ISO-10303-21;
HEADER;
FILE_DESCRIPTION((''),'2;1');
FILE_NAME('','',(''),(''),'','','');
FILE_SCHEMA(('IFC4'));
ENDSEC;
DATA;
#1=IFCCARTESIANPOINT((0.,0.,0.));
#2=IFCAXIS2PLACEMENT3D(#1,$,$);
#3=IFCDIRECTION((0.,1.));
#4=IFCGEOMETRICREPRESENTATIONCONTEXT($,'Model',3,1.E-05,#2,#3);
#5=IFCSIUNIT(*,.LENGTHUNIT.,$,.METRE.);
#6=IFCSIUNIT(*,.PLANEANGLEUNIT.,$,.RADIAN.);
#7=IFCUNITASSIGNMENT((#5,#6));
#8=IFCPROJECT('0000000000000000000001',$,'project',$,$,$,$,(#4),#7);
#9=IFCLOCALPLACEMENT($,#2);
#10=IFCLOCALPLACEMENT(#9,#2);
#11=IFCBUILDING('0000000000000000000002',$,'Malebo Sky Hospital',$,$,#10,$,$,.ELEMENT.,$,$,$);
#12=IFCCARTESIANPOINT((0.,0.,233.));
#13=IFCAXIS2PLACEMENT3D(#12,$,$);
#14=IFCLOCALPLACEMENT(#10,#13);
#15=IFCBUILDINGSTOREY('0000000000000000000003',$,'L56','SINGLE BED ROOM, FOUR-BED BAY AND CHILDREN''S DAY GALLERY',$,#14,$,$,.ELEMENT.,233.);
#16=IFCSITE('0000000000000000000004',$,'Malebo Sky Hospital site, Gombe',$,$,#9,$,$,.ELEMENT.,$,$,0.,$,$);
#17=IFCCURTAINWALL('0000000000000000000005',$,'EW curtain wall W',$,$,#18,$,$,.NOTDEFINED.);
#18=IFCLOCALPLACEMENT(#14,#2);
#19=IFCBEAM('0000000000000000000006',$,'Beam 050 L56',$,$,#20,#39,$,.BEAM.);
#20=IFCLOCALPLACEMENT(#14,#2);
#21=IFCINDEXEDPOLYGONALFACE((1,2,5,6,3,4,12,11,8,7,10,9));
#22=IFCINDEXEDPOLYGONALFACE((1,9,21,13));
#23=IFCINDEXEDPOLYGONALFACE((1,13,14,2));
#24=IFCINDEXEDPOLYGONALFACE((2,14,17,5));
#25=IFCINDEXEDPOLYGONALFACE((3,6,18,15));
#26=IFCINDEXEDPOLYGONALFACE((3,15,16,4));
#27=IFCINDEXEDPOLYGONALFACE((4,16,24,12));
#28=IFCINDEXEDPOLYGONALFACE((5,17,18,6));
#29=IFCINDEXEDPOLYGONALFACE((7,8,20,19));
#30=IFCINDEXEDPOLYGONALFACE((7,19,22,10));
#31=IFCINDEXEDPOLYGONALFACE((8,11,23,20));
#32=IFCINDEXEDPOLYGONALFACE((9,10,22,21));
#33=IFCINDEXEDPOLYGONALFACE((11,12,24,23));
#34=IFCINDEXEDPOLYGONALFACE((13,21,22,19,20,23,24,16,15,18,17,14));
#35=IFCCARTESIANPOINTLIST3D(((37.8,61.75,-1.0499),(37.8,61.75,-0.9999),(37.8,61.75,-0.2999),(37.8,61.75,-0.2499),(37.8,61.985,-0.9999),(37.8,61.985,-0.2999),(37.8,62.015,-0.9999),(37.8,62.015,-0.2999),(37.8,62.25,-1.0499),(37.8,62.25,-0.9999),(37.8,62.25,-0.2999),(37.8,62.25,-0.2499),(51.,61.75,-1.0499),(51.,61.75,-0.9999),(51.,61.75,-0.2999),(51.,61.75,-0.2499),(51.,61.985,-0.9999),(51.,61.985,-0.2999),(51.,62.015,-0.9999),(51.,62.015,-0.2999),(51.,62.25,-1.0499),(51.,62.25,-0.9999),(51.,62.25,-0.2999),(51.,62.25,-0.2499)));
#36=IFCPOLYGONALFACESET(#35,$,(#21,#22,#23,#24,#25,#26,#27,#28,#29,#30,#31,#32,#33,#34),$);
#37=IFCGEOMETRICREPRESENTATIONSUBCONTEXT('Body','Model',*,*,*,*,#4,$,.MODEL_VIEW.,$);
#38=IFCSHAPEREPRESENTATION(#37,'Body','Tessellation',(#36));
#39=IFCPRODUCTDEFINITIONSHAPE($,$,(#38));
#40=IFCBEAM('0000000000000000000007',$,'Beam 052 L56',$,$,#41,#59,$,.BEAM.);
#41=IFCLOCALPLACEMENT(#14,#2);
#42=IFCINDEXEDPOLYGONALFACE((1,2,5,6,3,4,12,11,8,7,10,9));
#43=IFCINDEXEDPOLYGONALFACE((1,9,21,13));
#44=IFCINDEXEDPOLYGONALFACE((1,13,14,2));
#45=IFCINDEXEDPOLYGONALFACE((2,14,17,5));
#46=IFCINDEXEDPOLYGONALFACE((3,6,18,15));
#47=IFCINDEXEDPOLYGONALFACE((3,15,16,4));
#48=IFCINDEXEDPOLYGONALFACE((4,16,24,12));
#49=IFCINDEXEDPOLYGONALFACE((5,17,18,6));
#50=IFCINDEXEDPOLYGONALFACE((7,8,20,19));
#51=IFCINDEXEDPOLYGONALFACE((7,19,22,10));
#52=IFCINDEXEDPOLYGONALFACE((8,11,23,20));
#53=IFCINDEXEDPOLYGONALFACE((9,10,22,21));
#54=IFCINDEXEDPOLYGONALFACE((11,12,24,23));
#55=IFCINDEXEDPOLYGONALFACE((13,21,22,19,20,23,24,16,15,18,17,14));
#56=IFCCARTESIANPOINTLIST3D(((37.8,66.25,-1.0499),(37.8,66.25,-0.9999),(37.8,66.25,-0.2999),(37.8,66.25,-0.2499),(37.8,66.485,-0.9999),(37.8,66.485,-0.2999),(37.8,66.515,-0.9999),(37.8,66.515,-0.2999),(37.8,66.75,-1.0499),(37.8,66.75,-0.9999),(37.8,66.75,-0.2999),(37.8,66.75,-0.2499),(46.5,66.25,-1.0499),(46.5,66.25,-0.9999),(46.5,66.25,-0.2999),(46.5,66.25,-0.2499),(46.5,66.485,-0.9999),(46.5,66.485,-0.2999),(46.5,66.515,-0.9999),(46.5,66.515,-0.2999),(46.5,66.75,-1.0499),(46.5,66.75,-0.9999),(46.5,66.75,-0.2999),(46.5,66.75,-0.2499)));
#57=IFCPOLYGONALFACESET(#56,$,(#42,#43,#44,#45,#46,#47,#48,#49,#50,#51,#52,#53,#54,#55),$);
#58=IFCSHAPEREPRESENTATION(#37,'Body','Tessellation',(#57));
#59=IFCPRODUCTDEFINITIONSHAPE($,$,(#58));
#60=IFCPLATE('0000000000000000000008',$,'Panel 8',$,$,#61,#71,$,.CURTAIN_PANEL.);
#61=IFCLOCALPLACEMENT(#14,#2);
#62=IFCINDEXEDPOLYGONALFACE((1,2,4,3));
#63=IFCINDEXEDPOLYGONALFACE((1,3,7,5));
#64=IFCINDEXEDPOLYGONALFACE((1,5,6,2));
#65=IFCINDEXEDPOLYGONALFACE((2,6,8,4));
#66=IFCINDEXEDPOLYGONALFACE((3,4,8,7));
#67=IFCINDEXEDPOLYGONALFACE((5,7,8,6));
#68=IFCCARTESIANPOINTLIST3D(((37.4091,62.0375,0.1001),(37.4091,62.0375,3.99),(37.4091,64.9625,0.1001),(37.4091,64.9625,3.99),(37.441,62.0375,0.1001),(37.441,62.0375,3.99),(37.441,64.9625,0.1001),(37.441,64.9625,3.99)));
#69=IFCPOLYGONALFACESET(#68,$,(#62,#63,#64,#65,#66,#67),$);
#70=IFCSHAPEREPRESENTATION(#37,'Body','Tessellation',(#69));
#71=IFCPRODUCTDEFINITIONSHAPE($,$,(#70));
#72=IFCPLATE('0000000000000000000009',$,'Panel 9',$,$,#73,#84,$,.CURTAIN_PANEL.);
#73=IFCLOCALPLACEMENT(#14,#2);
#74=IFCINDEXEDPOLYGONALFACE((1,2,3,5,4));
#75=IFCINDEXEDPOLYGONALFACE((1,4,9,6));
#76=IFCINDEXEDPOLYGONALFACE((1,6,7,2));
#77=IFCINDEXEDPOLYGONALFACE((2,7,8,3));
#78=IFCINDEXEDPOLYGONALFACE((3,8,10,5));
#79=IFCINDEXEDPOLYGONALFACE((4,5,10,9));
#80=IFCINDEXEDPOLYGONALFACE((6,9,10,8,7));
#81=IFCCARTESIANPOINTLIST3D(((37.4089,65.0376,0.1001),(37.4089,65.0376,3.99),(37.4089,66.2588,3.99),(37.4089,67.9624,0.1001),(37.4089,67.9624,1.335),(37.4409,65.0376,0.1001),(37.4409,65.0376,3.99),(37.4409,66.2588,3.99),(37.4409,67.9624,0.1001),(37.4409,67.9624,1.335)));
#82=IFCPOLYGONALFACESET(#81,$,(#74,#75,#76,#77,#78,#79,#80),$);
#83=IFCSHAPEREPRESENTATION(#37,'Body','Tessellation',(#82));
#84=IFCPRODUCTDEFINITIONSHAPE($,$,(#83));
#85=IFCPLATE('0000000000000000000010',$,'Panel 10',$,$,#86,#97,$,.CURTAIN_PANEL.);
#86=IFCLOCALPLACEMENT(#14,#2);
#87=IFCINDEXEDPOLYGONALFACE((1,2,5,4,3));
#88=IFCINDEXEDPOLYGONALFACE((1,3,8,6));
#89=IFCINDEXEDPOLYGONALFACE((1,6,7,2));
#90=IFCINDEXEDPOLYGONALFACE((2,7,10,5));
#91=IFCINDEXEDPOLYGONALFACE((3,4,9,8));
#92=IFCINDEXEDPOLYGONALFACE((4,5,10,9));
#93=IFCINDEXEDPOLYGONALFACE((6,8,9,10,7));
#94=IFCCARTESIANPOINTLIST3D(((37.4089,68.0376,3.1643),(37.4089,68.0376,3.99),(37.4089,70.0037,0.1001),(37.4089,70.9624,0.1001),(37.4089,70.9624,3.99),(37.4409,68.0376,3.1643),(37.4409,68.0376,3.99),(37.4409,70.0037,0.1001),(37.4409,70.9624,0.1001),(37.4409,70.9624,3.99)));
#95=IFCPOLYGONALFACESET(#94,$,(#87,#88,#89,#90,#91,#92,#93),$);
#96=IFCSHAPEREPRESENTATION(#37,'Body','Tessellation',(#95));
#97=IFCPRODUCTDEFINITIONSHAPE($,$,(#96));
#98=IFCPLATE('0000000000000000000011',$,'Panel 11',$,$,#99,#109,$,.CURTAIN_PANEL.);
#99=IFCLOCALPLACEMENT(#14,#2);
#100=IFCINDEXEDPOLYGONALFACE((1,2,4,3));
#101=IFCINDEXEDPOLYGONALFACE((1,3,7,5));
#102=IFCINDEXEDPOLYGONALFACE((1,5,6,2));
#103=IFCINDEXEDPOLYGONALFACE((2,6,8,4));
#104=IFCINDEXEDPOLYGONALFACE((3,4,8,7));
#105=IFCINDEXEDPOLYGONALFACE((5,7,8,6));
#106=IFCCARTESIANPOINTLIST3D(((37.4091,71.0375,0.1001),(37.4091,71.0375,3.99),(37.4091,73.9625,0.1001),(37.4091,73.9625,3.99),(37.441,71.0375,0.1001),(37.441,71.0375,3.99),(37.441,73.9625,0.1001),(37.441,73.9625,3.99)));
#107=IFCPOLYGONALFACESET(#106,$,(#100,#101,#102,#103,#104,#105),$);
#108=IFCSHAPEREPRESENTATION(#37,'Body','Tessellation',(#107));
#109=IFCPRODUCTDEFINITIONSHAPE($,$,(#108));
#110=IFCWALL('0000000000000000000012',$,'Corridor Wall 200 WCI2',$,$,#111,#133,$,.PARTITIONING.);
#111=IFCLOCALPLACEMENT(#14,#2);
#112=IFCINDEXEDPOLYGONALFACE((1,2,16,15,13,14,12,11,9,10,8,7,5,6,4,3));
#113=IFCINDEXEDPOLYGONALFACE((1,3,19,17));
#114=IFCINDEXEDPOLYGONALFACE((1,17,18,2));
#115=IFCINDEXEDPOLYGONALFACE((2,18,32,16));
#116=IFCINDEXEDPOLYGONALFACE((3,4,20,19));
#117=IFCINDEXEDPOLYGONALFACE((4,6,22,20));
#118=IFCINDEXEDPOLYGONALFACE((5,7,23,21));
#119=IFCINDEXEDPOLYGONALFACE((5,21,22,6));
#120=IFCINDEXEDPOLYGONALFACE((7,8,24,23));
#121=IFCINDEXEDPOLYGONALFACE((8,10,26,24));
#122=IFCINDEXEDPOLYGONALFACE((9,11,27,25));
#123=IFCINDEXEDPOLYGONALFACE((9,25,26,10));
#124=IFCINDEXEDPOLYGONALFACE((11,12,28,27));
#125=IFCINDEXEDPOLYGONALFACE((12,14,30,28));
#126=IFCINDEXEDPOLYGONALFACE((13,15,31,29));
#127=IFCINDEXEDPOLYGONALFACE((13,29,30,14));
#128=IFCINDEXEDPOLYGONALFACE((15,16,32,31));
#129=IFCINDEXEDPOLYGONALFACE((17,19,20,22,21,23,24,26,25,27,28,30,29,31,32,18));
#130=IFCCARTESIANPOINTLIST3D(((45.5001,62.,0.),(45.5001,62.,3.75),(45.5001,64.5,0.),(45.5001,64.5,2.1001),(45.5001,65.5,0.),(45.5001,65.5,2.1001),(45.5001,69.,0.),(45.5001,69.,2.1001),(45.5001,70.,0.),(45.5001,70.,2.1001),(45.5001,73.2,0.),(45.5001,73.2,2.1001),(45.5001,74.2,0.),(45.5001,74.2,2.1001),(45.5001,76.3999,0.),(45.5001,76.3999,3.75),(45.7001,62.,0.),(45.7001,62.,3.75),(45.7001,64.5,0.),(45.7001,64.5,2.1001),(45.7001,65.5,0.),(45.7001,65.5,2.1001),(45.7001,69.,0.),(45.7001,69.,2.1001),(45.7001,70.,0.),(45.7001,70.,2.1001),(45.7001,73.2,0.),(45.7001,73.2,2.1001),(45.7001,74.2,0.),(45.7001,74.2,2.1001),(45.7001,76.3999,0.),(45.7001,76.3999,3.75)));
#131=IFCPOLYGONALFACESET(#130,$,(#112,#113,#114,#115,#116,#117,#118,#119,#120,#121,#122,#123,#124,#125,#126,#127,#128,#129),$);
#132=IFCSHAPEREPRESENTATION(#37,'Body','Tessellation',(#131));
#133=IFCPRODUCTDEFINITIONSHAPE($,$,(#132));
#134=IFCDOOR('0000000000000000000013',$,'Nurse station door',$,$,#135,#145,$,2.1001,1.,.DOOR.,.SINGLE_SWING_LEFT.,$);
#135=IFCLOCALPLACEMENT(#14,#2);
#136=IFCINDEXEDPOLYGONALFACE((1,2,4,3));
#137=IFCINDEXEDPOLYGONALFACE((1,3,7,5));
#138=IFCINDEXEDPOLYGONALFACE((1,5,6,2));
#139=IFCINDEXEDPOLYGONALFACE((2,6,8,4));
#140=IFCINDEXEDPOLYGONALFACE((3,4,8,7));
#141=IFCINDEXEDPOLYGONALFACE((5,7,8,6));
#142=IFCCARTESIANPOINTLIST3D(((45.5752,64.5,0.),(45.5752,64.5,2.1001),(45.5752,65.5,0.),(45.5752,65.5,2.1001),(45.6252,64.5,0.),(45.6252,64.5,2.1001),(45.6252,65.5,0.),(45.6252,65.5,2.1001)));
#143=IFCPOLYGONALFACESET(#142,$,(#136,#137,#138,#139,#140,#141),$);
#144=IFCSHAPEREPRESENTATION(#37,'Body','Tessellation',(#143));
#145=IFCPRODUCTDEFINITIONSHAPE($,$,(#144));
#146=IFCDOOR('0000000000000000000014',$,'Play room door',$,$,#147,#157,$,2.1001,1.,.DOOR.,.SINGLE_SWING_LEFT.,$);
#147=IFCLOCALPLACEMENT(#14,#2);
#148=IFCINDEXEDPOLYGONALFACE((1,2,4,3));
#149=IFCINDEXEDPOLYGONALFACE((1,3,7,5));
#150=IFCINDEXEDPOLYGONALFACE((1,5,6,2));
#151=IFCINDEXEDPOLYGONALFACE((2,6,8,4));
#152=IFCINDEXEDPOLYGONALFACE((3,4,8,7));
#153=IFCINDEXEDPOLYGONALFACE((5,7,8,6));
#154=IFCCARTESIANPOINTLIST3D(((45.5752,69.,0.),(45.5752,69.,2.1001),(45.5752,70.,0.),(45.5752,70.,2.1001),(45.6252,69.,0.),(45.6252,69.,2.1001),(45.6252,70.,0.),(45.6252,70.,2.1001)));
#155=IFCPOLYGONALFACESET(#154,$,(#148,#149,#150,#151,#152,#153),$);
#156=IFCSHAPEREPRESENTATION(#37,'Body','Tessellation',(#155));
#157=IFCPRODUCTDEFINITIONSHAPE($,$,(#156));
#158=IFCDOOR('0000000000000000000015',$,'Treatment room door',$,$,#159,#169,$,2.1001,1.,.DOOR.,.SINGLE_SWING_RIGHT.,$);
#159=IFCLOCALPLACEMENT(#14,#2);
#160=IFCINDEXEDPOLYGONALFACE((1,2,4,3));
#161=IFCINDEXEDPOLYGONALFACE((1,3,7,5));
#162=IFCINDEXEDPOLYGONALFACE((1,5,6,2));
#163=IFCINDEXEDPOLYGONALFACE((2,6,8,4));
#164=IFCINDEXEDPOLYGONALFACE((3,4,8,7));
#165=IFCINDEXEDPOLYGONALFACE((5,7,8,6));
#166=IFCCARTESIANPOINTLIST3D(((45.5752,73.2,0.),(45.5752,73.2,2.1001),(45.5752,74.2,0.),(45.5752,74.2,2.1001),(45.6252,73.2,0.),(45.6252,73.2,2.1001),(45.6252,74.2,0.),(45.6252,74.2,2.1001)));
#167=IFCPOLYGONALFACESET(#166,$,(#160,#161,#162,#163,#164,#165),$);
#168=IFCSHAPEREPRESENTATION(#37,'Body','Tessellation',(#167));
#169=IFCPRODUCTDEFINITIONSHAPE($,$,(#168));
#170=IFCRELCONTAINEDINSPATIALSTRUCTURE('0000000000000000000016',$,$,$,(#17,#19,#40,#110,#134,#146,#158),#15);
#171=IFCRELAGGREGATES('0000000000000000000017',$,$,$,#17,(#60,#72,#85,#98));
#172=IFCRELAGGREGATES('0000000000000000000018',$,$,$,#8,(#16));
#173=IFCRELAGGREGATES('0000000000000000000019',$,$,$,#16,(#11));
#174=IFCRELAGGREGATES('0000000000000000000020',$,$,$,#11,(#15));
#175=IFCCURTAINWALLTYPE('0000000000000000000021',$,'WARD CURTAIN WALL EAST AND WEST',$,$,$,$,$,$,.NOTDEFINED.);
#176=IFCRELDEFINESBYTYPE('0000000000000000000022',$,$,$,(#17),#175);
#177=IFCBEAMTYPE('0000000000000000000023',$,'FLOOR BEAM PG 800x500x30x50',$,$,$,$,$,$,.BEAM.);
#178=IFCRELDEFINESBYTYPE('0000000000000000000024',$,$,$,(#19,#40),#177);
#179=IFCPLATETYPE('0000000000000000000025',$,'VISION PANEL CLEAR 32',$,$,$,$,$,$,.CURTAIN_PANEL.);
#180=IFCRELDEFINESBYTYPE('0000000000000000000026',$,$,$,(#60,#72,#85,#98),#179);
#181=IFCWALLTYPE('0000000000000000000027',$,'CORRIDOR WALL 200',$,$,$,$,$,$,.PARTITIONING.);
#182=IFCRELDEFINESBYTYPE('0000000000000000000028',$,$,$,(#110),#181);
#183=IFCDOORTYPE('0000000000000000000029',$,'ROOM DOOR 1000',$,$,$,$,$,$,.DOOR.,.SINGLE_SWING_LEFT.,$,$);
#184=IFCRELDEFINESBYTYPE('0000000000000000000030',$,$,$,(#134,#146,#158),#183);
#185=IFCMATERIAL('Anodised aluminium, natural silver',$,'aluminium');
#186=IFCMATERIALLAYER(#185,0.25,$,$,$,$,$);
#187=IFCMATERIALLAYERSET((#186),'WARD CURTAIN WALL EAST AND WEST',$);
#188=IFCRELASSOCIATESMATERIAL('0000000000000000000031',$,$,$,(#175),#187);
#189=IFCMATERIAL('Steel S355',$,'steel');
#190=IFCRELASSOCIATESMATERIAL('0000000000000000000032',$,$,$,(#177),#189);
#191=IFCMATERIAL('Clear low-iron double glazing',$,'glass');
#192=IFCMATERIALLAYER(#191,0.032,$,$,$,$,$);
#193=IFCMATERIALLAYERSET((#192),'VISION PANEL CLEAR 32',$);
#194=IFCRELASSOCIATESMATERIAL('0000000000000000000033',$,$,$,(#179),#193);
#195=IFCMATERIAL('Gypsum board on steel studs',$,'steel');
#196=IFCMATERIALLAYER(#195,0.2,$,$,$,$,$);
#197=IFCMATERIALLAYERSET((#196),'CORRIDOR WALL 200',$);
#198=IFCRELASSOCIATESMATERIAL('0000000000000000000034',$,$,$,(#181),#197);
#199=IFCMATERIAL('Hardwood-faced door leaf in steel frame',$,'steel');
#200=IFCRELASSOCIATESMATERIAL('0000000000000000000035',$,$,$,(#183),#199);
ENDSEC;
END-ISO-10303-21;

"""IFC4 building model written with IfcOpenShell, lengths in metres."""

from ifc_helpers import new_model, si_unit, direction, frame, frame_2d, origin, origin_2d, place, context, subcontext, project, spatial, polyline, rectangle, i_section, outline, extrude, material, layer, layer_set, material_profile, profile_set, type_object, element, fill, aggregate, save


model = new_model("IFC4")

# Units and contexts
model_context = context("Model", 3, precision=1e-05, world=origin(), true_north=direction((0.0, 1.0)))
body_context = subcontext(model_context, "Body", "Model", "MODEL_VIEW")
ifc_project = project(units=[si_unit("LENGTHUNIT", "METRE"), si_unit("PLANEANGLEUNIT", "RADIAN")], contexts=[model_context])

# Site, building, storey
site_placement = place(None, origin())
site = spatial("IfcSite", under=ifc_project, at=site_placement, Name="Malebo Sky Hospital site, Gombe", CompositionType="ELEMENT", RefElevation=0.0)
building_placement = place(site_placement, origin())
building = spatial("IfcBuilding", under=site, at=building_placement, Name="Malebo Sky Hospital", CompositionType="ELEMENT")
storey_placement = place(building_placement, frame((0.0, 0.0, 233.0)))
storey = spatial("IfcBuildingStorey", under=building, at=storey_placement, Name="L56", Description="SINGLE BED ROOM, FOUR-BED BAY AND CHILDREN'S DAY GALLERY", CompositionType="ELEMENT", Elevation=233.0)

# Curtain wall
ifc_material_1 = material(Name="Anodised aluminium, natural silver", Category="aluminium")
ifc_layer_1 = layer(ifc_material_1, 0.25)
ifc_layer_set_1 = layer_set([ifc_layer_1], Name="WARD CURTAIN WALL EAST AND WEST")
curtain_wall_type = type_object("IfcCurtainWallType", Name="WARD CURTAIN WALL EAST AND WEST", PredefinedType="NOTDEFINED", material=ifc_layer_set_1)
curtain_wall_placement = place(storey_placement, origin())
curtain_wall = element("IfcCurtainWall", 1, at=curtain_wall_placement, inside=storey, type_object=curtain_wall_type, Name="EW curtain wall W", PredefinedType="NOTDEFINED")

# Shared definitions
ifc_material_2 = material(Name="Steel S355", Category="steel")

# Beams
ifc_material_profile_1 = material_profile(ifc_material_2, i_section(OverallWidth=0.5, OverallDepth=0.8, WebThickness=0.03, FlangeThickness=0.05, at=origin_2d()), Name="PG 800x500x30x50")
ifc_profile_set_1 = profile_set([ifc_material_profile_1], Name="Steel S355")
beam_type_1 = type_object("IfcBeamType", Name="FLOOR BEAM PG 800x500x30x50", PredefinedType="BEAM", material=ifc_profile_set_1)
beam_1_placement = place(storey_placement, frame((37.8, 62.0, -0.6499), z_axis=(1.0, 0.0, 0.0), x_axis=(0.0, 1.0, 0.0)))
element("IfcBeam", 2, at=beam_1_placement, inside=storey, type_object=beam_type_1, Name="Beam 050 L56", PredefinedType="BEAM", context=body_context, shape_type="SweptSolid", body=[
    extrude(i_section(OverallWidth=0.5, OverallDepth=0.8, WebThickness=0.03, FlangeThickness=0.05, at=origin_2d()), origin(), (0.0, 0.0, 1.0), 13.2),
])
beam_2_placement = place(storey_placement, frame((37.8, 66.5, -0.6499), z_axis=(1.0, 0.0, 0.0), x_axis=(0.0, 1.0, 0.0)))
element("IfcBeam", 3, at=beam_2_placement, inside=storey, type_object=beam_type_1, Name="Beam 052 L56", PredefinedType="BEAM", context=body_context, shape_type="SweptSolid", body=[
    extrude(i_section(OverallWidth=0.5, OverallDepth=0.8, WebThickness=0.03, FlangeThickness=0.05, at=origin_2d()), origin(), (0.0, 0.0, 1.0), 8.7),
])

# Plates
ifc_material_3 = material(Name="Clear low-iron double glazing", Category="glass")
ifc_layer_2 = layer(ifc_material_3, 0.032)
ifc_layer_set_2 = layer_set([ifc_layer_2], Name="VISION PANEL CLEAR 32")
plate_type = type_object("IfcPlateType", Name="VISION PANEL CLEAR 32", PredefinedType="CURTAIN_PANEL", material=ifc_layer_set_2)
plate_1_placement = place(storey_placement, frame((37.425, 63.5, 0.1001), z_axis=(0.0, 0.0, 1.0), x_axis=(0.0, 1.0, 0.0)))
plate_1 = element("IfcPlate", 4, at=plate_1_placement, type_object=plate_type, Name="Panel 8", PredefinedType="CURTAIN_PANEL", context=body_context, shape_type="SweptSolid", body=[
    extrude(rectangle(XDim=2.925, YDim=0.032, at=origin_2d()), origin(), (0.0, 0.0, 1.0), 3.8899),
])
plate_2_placement = place(storey_placement, frame((37.425, 66.5, 0.1001), z_axis=(0.0, 0.0, 1.0), x_axis=(0.0, 1.0, 0.0)))
plate_2 = element("IfcPlate", 5, at=plate_2_placement, type_object=plate_type, Name="Panel 9", PredefinedType="CURTAIN_PANEL", context=body_context, shape_type="SweptSolid", body=[
    extrude(outline(polyline([(-1.4624, 0.0), (1.4624, 0.0), (1.4624, 1.2349), (-0.2412, 3.8899), (-1.4624, 3.8899), (-1.4624, 0.0)])), frame((0.0, 0.0161, 0.0), z_axis=(0.0, -1.0, 0.0), x_axis=(1.0, 0.0, 0.0)), (0.0, 0.0, 1.0), 0.032),
])
plate_3_placement = place(storey_placement, frame((37.425, 69.5, 0.1001), z_axis=(0.0, 0.0, 1.0), x_axis=(0.0, 1.0, 0.0)))
plate_3 = element("IfcPlate", 6, at=plate_3_placement, type_object=plate_type, Name="Panel 10", PredefinedType="CURTAIN_PANEL", context=body_context, shape_type="SweptSolid", body=[
    extrude(outline(polyline([(0.5037, 0.0), (1.4624, 0.0), (1.4624, 3.8899), (-1.4624, 3.8899), (-1.4624, 3.0642), (0.5037, 0.0)])), frame((0.0, 0.0161, 0.0), z_axis=(0.0, -1.0, 0.0), x_axis=(1.0, 0.0, 0.0)), (0.0, 0.0, 1.0), 0.032),
])
plate_4_placement = place(storey_placement, frame((37.425, 72.5, 0.1001), z_axis=(0.0, 0.0, 1.0), x_axis=(0.0, 1.0, 0.0)))
plate_4 = element("IfcPlate", 7, at=plate_4_placement, type_object=plate_type, Name="Panel 11", PredefinedType="CURTAIN_PANEL", context=body_context, shape_type="SweptSolid", body=[
    extrude(rectangle(XDim=2.925, YDim=0.032, at=origin_2d()), origin(), (0.0, 0.0, 1.0), 3.8899),
])
aggregate(curtain_wall, [plate_1, plate_2, plate_3, plate_4])

# Wall, openings, doors
ifc_material_4 = material(Name="Gypsum board on steel studs", Category="steel")
ifc_layer_3 = layer(ifc_material_4, 0.2)
ifc_layer_set_3 = layer_set([ifc_layer_3], Name="CORRIDOR WALL 200")
wall_type_1 = type_object("IfcWallType", Name="CORRIDOR WALL 200", PredefinedType="PARTITIONING", material=ifc_layer_set_3)
wall_1_placement = place(storey_placement, frame((45.6001, 62.0, 0.0), z_axis=(0.0, 0.0, 1.0), x_axis=(0.0, 1.0, 0.0)))
wall_1 = element("IfcWall", 8, at=wall_1_placement, inside=storey, type_object=wall_type_1, Name="Corridor Wall 200 WCI2", PredefinedType="PARTITIONING", context=body_context, shape_type="SweptSolid", body=[
    extrude(rectangle(XDim=14.3999, YDim=0.2, at=frame_2d((7.2, 0.0))), origin(), (0.0, 0.0, 1.0), 3.75),
])
opening_1_placement = place(wall_1_placement, frame((2.5, 0.0, 0.0)))
opening_1 = element("IfcOpeningElement", 9, at=opening_1_placement, cuts=wall_1, PredefinedType="OPENING", context=body_context, shape_type="SweptSolid", body=[
    extrude(rectangle(XDim=1.0, YDim=2.1001, at=frame_2d((0.5, 1.05))), frame((0.0, 0.1099, 0.0), z_axis=(0.0, -1.0, 0.0), x_axis=(1.0, 0.0, 0.0)), (0.0, 0.0, 1.0), 0.22),
])
opening_2_placement = place(wall_1_placement, frame((7.0, 0.0, 0.0)))
opening_2 = element("IfcOpeningElement", 10, at=opening_2_placement, cuts=wall_1, PredefinedType="OPENING", context=body_context, shape_type="SweptSolid", body=[
    extrude(rectangle(XDim=1.0, YDim=2.1001, at=frame_2d((0.5, 1.05))), frame((0.0, 0.1099, 0.0), z_axis=(0.0, -1.0, 0.0), x_axis=(1.0, 0.0, 0.0)), (0.0, 0.0, 1.0), 0.22),
])
opening_3_placement = place(wall_1_placement, frame((11.2, 0.0, 0.0)))
opening_3 = element("IfcOpeningElement", 11, at=opening_3_placement, cuts=wall_1, PredefinedType="OPENING", context=body_context, shape_type="SweptSolid", body=[
    extrude(rectangle(XDim=1.0, YDim=2.1001, at=frame_2d((0.5, 1.05))), frame((0.0, 0.1099, 0.0), z_axis=(0.0, -1.0, 0.0), x_axis=(1.0, 0.0, 0.0)), (0.0, 0.0, 1.0), 0.22),
])
ifc_material_5 = material(Name="Hardwood-faced door leaf in steel frame", Category="steel")
door_type_1 = type_object("IfcDoorType", Name="ROOM DOOR 1000", OperationType="SINGLE_SWING_LEFT", PredefinedType="DOOR", material=ifc_material_5)
door_1_placement = place(opening_1_placement, origin())
door_1 = element("IfcDoor", 12, at=door_1_placement, inside=storey, type_object=door_type_1, Name="Nurse station door", OperationType="SINGLE_SWING_LEFT", OverallHeight=2.1001, OverallWidth=1.0, PredefinedType="DOOR", context=body_context, shape_type="SweptSolid", body=[
    extrude(rectangle(XDim=1.0, YDim=2.1001, at=frame_2d((0.5, 1.05))), frame((0.0, 0.0249, 0.0), z_axis=(0.0, -1.0, 0.0), x_axis=(1.0, 0.0, 0.0)), (0.0, 0.0, 1.0), 0.05),
])
fill(opening_1, door_1)
door_2_placement = place(opening_2_placement, origin())
door_2 = element("IfcDoor", 13, at=door_2_placement, inside=storey, type_object=door_type_1, Name="Play room door", OperationType="SINGLE_SWING_LEFT", OverallHeight=2.1001, OverallWidth=1.0, PredefinedType="DOOR", context=body_context, shape_type="SweptSolid", body=[
    extrude(rectangle(XDim=1.0, YDim=2.1001, at=frame_2d((0.5, 1.05))), frame((0.0, 0.0249, 0.0), z_axis=(0.0, -1.0, 0.0), x_axis=(1.0, 0.0, 0.0)), (0.0, 0.0, 1.0), 0.05),
])
fill(opening_2, door_2)
door_3_placement = place(opening_3_placement, origin())
door_3 = element("IfcDoor", 14, at=door_3_placement, inside=storey, type_object=door_type_1, Name="Treatment room door", OperationType="SINGLE_SWING_RIGHT", OverallHeight=2.1001, OverallWidth=1.0, PredefinedType="DOOR", context=body_context, shape_type="SweptSolid", body=[
    extrude(rectangle(XDim=1.0, YDim=2.1001, at=frame_2d((0.5, 1.05))), frame((0.0, 0.0249, 0.0), z_axis=(0.0, -1.0, 0.0), x_axis=(1.0, 0.0, 0.0)), (0.0, 0.0, 1.0), 0.05),
])
fill(opening_3, door_3)

save(model, "model.ifc")
